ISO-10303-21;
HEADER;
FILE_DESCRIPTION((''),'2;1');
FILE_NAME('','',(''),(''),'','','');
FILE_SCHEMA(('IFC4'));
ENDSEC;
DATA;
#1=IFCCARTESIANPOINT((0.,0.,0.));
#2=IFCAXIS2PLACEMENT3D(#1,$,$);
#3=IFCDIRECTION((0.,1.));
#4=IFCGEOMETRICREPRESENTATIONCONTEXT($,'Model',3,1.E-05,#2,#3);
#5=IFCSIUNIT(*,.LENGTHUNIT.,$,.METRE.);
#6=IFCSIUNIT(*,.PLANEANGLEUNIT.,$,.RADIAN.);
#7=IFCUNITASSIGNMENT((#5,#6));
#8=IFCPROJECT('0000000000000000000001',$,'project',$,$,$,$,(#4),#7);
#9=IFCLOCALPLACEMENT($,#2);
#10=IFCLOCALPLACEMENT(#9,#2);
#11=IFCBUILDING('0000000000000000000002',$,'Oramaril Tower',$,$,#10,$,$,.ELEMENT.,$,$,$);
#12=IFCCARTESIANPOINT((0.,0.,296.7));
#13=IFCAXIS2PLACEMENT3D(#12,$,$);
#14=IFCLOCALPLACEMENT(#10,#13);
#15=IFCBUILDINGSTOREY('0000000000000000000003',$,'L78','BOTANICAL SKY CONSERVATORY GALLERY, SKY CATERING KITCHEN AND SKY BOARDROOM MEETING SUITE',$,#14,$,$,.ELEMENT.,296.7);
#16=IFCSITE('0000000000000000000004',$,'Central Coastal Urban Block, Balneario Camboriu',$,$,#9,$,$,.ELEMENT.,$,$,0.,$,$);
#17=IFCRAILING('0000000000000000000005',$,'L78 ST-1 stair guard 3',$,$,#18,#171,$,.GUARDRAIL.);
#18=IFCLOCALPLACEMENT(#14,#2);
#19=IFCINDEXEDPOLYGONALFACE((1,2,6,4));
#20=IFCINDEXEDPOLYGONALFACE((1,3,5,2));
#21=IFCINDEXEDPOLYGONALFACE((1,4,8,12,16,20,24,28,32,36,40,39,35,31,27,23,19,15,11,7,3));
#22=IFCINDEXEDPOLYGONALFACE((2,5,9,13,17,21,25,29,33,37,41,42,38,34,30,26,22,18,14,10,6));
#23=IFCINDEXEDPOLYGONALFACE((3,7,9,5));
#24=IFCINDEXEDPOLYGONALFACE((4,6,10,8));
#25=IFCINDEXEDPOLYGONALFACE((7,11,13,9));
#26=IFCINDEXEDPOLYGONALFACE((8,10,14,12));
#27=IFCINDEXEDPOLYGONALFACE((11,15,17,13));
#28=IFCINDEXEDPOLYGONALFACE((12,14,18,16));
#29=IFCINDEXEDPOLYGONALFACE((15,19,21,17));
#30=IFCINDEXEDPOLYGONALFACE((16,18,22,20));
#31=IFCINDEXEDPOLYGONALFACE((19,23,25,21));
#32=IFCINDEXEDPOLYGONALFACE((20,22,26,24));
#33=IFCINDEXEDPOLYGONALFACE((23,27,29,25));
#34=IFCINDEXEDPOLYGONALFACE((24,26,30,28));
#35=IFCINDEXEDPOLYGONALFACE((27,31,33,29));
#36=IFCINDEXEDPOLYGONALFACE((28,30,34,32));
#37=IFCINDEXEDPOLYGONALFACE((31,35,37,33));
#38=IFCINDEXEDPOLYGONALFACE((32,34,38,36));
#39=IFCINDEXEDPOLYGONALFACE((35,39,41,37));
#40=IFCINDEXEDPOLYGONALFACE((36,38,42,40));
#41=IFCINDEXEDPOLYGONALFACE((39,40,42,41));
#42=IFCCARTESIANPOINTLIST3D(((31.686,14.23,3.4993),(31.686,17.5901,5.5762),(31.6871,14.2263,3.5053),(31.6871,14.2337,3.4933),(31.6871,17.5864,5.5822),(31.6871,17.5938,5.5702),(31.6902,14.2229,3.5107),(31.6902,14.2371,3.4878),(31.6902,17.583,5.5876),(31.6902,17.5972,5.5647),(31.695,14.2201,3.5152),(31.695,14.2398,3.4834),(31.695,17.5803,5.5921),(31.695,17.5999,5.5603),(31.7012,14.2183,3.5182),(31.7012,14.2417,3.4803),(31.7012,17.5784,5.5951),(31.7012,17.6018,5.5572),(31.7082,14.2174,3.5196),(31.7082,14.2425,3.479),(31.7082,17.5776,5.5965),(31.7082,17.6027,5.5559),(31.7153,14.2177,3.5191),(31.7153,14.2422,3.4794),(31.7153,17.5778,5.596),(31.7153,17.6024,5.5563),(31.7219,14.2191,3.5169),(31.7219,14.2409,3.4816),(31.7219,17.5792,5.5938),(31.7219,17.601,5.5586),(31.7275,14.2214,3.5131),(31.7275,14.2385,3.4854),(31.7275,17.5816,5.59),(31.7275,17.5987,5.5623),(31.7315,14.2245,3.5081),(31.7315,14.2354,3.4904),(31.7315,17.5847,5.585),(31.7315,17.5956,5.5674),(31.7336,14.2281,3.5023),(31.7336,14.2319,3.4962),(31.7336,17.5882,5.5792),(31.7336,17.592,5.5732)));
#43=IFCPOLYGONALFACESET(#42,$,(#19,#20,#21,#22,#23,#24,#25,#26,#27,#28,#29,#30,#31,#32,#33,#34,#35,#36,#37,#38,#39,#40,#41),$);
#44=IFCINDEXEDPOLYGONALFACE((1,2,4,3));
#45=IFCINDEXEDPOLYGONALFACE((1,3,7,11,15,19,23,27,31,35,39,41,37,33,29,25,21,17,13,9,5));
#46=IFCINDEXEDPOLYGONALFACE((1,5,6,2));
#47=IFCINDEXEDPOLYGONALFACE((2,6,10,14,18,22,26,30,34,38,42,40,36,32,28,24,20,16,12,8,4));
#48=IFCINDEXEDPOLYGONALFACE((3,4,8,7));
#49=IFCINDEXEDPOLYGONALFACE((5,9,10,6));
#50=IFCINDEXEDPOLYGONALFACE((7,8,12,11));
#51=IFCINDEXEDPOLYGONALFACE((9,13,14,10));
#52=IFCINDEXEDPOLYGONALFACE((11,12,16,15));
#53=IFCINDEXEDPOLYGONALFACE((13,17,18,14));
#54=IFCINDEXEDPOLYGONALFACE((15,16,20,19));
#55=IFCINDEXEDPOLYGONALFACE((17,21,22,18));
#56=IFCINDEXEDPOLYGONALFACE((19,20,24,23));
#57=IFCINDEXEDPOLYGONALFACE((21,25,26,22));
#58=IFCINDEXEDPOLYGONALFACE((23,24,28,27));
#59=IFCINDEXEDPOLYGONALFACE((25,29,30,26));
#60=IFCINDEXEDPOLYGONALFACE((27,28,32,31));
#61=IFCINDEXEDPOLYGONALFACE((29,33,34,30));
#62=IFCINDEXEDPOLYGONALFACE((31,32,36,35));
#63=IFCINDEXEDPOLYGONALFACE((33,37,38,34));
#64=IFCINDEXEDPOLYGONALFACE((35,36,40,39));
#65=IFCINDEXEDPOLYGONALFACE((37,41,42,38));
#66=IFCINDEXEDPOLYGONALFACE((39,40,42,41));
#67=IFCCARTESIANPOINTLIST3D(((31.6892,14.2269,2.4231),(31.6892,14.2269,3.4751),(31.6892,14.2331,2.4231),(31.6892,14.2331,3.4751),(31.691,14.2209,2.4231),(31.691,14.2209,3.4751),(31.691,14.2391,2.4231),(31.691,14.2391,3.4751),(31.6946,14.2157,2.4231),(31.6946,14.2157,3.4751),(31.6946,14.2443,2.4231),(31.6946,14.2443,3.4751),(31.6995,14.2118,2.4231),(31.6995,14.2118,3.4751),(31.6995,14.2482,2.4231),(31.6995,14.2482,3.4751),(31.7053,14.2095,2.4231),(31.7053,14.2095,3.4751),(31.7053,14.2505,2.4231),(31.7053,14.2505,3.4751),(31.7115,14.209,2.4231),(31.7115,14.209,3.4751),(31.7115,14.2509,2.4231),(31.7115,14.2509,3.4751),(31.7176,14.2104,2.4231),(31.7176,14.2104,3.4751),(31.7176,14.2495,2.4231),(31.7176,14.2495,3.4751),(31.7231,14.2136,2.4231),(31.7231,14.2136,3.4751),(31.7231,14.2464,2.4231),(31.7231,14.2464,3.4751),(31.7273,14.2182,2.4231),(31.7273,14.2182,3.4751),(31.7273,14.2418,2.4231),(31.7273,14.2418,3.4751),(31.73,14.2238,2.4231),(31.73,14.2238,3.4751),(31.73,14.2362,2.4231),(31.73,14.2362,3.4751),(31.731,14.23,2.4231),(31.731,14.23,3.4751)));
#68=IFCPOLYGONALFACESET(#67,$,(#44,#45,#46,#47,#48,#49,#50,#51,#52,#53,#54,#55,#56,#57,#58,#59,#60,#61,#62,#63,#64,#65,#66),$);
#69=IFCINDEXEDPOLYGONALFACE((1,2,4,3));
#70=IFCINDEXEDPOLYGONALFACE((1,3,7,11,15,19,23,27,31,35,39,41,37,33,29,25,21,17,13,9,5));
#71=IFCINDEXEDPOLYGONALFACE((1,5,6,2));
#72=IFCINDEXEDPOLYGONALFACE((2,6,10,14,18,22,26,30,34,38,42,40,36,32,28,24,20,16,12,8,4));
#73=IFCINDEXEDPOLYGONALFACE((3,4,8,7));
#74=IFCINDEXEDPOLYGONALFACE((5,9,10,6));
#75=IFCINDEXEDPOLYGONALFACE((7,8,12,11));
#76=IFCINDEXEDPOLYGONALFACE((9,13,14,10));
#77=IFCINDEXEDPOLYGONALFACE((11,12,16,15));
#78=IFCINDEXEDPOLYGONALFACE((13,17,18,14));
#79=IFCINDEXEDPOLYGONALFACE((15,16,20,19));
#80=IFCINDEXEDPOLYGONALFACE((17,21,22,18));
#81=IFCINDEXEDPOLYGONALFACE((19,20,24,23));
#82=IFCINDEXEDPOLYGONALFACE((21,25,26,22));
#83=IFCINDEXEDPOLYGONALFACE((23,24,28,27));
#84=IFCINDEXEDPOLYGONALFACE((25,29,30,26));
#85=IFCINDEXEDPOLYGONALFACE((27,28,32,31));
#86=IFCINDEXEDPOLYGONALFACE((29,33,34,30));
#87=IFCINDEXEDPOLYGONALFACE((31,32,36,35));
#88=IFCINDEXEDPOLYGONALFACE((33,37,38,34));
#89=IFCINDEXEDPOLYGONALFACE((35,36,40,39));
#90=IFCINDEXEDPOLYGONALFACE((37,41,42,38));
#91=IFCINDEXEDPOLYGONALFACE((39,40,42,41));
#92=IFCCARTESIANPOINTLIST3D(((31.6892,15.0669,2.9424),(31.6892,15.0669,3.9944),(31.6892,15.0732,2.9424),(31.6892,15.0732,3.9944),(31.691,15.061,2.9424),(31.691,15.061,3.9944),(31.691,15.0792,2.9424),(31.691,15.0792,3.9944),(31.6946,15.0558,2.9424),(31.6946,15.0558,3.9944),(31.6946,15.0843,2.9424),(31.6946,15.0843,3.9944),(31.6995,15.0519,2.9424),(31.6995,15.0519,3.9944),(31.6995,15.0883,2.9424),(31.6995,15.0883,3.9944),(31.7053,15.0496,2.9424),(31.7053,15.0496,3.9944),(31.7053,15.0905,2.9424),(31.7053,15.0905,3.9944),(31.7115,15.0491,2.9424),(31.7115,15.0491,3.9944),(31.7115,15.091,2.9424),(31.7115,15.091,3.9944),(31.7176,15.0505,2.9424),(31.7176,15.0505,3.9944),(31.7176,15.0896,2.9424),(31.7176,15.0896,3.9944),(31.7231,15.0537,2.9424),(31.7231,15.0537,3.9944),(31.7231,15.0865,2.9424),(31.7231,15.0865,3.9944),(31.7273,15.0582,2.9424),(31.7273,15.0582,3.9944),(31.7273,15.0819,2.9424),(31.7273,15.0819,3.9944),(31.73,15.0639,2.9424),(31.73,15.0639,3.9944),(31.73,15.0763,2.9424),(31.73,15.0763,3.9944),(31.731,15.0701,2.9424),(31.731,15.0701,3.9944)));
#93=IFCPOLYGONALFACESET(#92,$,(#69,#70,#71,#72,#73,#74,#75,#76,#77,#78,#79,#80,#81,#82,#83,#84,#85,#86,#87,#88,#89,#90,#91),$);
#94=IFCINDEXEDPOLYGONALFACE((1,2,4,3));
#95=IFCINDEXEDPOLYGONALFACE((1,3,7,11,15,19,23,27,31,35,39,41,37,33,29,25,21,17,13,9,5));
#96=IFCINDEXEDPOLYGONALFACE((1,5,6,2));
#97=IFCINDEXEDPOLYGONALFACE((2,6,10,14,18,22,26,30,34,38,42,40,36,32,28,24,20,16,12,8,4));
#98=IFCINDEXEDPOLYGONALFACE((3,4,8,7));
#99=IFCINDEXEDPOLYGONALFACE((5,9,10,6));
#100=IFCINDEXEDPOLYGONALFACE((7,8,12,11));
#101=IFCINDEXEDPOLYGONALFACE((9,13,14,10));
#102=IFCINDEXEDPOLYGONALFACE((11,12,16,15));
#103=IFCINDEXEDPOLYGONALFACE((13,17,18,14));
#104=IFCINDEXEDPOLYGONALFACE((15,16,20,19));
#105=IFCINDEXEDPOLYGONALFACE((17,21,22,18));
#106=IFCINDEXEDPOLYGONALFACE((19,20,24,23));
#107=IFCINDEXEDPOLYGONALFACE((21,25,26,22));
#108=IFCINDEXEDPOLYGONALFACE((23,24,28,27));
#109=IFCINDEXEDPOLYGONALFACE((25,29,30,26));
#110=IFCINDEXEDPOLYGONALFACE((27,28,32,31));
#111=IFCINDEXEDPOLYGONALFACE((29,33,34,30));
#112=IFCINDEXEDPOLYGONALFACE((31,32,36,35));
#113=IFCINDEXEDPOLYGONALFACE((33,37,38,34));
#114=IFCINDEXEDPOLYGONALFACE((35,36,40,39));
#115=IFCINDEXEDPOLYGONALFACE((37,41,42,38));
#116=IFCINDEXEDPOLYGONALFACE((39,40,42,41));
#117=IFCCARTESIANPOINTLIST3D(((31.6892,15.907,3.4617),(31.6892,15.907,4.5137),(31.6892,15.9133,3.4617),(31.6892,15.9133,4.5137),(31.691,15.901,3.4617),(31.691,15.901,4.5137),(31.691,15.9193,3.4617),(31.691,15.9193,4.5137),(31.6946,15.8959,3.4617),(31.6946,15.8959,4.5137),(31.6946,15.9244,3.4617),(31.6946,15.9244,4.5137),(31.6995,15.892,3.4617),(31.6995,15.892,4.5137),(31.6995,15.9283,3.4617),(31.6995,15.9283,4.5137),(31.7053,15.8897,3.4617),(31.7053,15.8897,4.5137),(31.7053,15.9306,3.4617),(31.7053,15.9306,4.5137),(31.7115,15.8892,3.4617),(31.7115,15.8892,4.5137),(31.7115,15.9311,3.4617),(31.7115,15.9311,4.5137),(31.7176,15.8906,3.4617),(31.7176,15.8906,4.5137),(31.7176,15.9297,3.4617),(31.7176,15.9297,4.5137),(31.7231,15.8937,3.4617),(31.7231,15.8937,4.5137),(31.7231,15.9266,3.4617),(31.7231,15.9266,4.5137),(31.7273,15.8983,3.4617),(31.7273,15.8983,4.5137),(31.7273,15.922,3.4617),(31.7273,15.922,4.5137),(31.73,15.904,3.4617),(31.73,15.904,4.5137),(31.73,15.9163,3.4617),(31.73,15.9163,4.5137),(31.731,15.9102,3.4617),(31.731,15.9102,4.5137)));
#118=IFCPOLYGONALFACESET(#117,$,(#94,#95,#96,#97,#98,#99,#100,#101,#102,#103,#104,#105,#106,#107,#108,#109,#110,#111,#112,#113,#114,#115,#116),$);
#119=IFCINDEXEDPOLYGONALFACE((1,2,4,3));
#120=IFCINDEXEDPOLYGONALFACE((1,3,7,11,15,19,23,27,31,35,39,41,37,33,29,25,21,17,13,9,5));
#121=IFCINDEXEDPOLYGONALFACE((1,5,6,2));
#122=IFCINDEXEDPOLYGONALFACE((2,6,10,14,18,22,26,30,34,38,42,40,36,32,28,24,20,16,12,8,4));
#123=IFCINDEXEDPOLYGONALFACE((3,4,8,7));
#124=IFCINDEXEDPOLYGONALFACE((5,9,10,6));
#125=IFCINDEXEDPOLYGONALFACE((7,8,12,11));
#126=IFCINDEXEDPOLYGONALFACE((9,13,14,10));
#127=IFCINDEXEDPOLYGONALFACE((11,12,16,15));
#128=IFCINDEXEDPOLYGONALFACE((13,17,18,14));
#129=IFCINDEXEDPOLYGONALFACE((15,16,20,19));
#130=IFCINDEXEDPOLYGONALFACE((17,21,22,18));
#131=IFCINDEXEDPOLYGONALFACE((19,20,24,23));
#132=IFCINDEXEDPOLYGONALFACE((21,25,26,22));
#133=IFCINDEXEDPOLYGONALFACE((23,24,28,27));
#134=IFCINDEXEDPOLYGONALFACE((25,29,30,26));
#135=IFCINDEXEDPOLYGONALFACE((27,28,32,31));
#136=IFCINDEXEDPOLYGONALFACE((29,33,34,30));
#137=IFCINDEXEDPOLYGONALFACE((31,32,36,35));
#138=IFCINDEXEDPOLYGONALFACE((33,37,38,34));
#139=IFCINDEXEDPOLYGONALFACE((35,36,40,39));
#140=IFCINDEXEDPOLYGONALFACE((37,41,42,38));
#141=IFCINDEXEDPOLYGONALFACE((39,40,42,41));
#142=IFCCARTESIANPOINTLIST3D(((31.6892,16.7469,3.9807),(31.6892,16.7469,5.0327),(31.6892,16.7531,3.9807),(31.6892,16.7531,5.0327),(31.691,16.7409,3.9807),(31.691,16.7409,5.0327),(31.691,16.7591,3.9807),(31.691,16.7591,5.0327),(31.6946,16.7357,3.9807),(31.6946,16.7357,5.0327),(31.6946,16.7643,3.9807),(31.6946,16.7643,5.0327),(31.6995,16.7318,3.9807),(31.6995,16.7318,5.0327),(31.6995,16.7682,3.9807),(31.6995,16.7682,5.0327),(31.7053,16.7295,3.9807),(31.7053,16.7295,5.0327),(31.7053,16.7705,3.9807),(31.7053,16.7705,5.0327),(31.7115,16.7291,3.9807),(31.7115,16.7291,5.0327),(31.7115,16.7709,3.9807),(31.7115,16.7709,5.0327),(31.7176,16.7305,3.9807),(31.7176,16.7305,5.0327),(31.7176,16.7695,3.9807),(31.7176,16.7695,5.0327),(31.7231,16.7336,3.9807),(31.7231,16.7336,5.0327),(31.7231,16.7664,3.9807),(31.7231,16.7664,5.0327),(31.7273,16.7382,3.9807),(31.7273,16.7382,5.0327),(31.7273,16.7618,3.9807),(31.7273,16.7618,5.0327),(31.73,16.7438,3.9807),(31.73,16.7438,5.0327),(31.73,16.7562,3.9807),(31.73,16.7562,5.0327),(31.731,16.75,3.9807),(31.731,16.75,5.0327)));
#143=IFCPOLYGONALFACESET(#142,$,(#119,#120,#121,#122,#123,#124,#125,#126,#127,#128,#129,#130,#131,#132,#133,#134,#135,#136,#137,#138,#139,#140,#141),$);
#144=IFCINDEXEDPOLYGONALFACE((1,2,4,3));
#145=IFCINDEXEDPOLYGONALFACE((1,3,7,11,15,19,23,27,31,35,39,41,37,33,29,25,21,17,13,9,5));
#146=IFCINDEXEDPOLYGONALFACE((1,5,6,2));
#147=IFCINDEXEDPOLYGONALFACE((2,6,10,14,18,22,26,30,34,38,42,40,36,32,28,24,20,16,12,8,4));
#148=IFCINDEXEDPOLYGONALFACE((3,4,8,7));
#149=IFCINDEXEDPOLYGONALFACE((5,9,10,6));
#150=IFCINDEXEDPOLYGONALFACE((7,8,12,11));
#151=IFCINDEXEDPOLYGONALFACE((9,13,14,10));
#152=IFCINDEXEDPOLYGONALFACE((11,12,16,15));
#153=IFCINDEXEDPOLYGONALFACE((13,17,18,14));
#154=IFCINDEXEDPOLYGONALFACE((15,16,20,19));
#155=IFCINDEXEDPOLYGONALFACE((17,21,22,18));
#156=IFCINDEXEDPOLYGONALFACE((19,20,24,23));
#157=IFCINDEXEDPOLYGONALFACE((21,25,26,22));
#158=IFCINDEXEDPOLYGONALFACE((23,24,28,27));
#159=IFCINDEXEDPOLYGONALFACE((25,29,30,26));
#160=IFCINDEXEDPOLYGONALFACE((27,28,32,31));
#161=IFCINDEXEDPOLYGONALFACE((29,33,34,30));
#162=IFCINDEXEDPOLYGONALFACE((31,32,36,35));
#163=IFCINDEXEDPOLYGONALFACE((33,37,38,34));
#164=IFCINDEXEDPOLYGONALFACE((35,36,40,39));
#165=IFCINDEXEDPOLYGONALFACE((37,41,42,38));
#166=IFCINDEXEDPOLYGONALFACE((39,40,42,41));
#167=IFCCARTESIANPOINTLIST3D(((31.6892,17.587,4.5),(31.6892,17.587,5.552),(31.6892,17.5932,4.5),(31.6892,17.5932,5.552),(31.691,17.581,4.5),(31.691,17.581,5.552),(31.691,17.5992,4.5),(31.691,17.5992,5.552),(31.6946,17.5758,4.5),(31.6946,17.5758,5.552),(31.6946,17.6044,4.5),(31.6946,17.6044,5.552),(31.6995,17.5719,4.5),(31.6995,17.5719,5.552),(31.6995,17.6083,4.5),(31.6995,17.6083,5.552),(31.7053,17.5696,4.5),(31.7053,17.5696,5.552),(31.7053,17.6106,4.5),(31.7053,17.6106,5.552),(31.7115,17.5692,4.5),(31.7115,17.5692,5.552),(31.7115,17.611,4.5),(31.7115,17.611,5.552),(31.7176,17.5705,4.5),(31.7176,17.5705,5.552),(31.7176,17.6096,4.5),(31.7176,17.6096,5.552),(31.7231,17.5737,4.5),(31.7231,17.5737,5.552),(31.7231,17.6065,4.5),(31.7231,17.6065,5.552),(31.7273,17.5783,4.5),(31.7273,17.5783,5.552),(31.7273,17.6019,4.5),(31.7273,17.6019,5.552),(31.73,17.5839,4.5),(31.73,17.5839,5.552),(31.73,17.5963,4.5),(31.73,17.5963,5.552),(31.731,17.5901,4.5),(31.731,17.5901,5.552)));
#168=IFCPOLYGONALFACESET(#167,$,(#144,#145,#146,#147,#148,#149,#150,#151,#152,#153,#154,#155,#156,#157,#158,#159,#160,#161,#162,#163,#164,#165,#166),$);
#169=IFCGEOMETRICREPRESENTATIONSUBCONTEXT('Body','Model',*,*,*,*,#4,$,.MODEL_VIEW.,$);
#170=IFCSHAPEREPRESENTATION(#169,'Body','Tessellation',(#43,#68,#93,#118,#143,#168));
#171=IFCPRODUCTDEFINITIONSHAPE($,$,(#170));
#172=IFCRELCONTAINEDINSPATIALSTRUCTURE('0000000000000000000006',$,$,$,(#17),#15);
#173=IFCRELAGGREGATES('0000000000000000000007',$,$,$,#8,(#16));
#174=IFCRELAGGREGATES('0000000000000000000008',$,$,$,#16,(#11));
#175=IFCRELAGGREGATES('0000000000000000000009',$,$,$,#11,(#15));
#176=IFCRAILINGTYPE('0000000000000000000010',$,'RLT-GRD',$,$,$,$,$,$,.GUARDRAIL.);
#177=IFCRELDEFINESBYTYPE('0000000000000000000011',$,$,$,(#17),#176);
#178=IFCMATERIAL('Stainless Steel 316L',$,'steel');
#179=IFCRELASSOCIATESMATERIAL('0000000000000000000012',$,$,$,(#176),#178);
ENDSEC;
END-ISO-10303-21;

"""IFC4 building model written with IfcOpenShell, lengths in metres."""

from ifc_helpers import new_model, si_unit, direction, frame, origin, origin_2d, place, context, subcontext, project, spatial, circle, extrude, material, type_object, element, save


model = new_model("IFC4")

# Units and contexts
model_context = context("Model", 3, precision=1e-05, world=origin(), true_north=direction((0.0, 1.0)))
body_context = subcontext(model_context, "Body", "Model", "MODEL_VIEW")
ifc_project = project(units=[si_unit("LENGTHUNIT", "METRE"), si_unit("PLANEANGLEUNIT", "RADIAN")], contexts=[model_context])

# Site, building, storey
site_placement = place(None, origin())
site = spatial("IfcSite", under=ifc_project, at=site_placement, Name="Central Coastal Urban Block, Balneario Camboriu", CompositionType="ELEMENT", RefElevation=0.0)
building_placement = place(site_placement, origin())
building = spatial("IfcBuilding", under=site, at=building_placement, Name="Oramaril Tower", CompositionType="ELEMENT")
storey_placement = place(building_placement, frame((0.0, 0.0, 296.7)))
storey = spatial("IfcBuildingStorey", under=building, at=storey_placement, Name="L78", Description="BOTANICAL SKY CONSERVATORY GALLERY, SKY CATERING KITCHEN AND SKY BOARDROOM MEETING SUITE", CompositionType="ELEMENT", Elevation=296.7)

# Railing
ifc_material_1 = material(Name="Stainless Steel 316L", Category="steel")
railing_type_1 = type_object("IfcRailingType", Name="RLT-GRD", PredefinedType="GUARDRAIL", material=ifc_material_1)
railing_1_placement = place(storey_placement, frame((31.71, 14.23, 2.4231)))
element("IfcRailing", 1, at=railing_1_placement, inside=storey, type_object=railing_type_1, Name="L78 ST-1 stair guard 3", PredefinedType="GUARDRAIL", context=body_context, shape_type="SweptSolid", body=[
    extrude(circle(Radius=0.0239, at=origin_2d()), frame((0.0, 0.0, 1.0762), z_axis=(0.0, 0.850623, 0.525776), x_axis=(-1.0, 0.0, 0.0)), (0.0, 0.0, 1.0), 3.9502),
    extrude(circle(Radius=0.021, at=origin_2d()), origin(), (0.0, 0.0, 1.0), 1.052),
    extrude(circle(Radius=0.021, at=origin_2d()), frame((0.0, 0.8401, 0.5193)), (0.0, 0.0, 1.0), 1.052),
    extrude(circle(Radius=0.021, at=origin_2d()), frame((0.0, 1.6802, 1.0386)), (0.0, 0.0, 1.0), 1.052),
    extrude(circle(Radius=0.021, at=origin_2d()), frame((0.0, 2.52, 1.5576)), (0.0, 0.0, 1.0), 1.052),
    extrude(circle(Radius=0.021, at=origin_2d()), frame((0.0, 3.3601, 2.0769)), (0.0, 0.0, 1.0), 1.052),
])

save(model, "model.ifc")
